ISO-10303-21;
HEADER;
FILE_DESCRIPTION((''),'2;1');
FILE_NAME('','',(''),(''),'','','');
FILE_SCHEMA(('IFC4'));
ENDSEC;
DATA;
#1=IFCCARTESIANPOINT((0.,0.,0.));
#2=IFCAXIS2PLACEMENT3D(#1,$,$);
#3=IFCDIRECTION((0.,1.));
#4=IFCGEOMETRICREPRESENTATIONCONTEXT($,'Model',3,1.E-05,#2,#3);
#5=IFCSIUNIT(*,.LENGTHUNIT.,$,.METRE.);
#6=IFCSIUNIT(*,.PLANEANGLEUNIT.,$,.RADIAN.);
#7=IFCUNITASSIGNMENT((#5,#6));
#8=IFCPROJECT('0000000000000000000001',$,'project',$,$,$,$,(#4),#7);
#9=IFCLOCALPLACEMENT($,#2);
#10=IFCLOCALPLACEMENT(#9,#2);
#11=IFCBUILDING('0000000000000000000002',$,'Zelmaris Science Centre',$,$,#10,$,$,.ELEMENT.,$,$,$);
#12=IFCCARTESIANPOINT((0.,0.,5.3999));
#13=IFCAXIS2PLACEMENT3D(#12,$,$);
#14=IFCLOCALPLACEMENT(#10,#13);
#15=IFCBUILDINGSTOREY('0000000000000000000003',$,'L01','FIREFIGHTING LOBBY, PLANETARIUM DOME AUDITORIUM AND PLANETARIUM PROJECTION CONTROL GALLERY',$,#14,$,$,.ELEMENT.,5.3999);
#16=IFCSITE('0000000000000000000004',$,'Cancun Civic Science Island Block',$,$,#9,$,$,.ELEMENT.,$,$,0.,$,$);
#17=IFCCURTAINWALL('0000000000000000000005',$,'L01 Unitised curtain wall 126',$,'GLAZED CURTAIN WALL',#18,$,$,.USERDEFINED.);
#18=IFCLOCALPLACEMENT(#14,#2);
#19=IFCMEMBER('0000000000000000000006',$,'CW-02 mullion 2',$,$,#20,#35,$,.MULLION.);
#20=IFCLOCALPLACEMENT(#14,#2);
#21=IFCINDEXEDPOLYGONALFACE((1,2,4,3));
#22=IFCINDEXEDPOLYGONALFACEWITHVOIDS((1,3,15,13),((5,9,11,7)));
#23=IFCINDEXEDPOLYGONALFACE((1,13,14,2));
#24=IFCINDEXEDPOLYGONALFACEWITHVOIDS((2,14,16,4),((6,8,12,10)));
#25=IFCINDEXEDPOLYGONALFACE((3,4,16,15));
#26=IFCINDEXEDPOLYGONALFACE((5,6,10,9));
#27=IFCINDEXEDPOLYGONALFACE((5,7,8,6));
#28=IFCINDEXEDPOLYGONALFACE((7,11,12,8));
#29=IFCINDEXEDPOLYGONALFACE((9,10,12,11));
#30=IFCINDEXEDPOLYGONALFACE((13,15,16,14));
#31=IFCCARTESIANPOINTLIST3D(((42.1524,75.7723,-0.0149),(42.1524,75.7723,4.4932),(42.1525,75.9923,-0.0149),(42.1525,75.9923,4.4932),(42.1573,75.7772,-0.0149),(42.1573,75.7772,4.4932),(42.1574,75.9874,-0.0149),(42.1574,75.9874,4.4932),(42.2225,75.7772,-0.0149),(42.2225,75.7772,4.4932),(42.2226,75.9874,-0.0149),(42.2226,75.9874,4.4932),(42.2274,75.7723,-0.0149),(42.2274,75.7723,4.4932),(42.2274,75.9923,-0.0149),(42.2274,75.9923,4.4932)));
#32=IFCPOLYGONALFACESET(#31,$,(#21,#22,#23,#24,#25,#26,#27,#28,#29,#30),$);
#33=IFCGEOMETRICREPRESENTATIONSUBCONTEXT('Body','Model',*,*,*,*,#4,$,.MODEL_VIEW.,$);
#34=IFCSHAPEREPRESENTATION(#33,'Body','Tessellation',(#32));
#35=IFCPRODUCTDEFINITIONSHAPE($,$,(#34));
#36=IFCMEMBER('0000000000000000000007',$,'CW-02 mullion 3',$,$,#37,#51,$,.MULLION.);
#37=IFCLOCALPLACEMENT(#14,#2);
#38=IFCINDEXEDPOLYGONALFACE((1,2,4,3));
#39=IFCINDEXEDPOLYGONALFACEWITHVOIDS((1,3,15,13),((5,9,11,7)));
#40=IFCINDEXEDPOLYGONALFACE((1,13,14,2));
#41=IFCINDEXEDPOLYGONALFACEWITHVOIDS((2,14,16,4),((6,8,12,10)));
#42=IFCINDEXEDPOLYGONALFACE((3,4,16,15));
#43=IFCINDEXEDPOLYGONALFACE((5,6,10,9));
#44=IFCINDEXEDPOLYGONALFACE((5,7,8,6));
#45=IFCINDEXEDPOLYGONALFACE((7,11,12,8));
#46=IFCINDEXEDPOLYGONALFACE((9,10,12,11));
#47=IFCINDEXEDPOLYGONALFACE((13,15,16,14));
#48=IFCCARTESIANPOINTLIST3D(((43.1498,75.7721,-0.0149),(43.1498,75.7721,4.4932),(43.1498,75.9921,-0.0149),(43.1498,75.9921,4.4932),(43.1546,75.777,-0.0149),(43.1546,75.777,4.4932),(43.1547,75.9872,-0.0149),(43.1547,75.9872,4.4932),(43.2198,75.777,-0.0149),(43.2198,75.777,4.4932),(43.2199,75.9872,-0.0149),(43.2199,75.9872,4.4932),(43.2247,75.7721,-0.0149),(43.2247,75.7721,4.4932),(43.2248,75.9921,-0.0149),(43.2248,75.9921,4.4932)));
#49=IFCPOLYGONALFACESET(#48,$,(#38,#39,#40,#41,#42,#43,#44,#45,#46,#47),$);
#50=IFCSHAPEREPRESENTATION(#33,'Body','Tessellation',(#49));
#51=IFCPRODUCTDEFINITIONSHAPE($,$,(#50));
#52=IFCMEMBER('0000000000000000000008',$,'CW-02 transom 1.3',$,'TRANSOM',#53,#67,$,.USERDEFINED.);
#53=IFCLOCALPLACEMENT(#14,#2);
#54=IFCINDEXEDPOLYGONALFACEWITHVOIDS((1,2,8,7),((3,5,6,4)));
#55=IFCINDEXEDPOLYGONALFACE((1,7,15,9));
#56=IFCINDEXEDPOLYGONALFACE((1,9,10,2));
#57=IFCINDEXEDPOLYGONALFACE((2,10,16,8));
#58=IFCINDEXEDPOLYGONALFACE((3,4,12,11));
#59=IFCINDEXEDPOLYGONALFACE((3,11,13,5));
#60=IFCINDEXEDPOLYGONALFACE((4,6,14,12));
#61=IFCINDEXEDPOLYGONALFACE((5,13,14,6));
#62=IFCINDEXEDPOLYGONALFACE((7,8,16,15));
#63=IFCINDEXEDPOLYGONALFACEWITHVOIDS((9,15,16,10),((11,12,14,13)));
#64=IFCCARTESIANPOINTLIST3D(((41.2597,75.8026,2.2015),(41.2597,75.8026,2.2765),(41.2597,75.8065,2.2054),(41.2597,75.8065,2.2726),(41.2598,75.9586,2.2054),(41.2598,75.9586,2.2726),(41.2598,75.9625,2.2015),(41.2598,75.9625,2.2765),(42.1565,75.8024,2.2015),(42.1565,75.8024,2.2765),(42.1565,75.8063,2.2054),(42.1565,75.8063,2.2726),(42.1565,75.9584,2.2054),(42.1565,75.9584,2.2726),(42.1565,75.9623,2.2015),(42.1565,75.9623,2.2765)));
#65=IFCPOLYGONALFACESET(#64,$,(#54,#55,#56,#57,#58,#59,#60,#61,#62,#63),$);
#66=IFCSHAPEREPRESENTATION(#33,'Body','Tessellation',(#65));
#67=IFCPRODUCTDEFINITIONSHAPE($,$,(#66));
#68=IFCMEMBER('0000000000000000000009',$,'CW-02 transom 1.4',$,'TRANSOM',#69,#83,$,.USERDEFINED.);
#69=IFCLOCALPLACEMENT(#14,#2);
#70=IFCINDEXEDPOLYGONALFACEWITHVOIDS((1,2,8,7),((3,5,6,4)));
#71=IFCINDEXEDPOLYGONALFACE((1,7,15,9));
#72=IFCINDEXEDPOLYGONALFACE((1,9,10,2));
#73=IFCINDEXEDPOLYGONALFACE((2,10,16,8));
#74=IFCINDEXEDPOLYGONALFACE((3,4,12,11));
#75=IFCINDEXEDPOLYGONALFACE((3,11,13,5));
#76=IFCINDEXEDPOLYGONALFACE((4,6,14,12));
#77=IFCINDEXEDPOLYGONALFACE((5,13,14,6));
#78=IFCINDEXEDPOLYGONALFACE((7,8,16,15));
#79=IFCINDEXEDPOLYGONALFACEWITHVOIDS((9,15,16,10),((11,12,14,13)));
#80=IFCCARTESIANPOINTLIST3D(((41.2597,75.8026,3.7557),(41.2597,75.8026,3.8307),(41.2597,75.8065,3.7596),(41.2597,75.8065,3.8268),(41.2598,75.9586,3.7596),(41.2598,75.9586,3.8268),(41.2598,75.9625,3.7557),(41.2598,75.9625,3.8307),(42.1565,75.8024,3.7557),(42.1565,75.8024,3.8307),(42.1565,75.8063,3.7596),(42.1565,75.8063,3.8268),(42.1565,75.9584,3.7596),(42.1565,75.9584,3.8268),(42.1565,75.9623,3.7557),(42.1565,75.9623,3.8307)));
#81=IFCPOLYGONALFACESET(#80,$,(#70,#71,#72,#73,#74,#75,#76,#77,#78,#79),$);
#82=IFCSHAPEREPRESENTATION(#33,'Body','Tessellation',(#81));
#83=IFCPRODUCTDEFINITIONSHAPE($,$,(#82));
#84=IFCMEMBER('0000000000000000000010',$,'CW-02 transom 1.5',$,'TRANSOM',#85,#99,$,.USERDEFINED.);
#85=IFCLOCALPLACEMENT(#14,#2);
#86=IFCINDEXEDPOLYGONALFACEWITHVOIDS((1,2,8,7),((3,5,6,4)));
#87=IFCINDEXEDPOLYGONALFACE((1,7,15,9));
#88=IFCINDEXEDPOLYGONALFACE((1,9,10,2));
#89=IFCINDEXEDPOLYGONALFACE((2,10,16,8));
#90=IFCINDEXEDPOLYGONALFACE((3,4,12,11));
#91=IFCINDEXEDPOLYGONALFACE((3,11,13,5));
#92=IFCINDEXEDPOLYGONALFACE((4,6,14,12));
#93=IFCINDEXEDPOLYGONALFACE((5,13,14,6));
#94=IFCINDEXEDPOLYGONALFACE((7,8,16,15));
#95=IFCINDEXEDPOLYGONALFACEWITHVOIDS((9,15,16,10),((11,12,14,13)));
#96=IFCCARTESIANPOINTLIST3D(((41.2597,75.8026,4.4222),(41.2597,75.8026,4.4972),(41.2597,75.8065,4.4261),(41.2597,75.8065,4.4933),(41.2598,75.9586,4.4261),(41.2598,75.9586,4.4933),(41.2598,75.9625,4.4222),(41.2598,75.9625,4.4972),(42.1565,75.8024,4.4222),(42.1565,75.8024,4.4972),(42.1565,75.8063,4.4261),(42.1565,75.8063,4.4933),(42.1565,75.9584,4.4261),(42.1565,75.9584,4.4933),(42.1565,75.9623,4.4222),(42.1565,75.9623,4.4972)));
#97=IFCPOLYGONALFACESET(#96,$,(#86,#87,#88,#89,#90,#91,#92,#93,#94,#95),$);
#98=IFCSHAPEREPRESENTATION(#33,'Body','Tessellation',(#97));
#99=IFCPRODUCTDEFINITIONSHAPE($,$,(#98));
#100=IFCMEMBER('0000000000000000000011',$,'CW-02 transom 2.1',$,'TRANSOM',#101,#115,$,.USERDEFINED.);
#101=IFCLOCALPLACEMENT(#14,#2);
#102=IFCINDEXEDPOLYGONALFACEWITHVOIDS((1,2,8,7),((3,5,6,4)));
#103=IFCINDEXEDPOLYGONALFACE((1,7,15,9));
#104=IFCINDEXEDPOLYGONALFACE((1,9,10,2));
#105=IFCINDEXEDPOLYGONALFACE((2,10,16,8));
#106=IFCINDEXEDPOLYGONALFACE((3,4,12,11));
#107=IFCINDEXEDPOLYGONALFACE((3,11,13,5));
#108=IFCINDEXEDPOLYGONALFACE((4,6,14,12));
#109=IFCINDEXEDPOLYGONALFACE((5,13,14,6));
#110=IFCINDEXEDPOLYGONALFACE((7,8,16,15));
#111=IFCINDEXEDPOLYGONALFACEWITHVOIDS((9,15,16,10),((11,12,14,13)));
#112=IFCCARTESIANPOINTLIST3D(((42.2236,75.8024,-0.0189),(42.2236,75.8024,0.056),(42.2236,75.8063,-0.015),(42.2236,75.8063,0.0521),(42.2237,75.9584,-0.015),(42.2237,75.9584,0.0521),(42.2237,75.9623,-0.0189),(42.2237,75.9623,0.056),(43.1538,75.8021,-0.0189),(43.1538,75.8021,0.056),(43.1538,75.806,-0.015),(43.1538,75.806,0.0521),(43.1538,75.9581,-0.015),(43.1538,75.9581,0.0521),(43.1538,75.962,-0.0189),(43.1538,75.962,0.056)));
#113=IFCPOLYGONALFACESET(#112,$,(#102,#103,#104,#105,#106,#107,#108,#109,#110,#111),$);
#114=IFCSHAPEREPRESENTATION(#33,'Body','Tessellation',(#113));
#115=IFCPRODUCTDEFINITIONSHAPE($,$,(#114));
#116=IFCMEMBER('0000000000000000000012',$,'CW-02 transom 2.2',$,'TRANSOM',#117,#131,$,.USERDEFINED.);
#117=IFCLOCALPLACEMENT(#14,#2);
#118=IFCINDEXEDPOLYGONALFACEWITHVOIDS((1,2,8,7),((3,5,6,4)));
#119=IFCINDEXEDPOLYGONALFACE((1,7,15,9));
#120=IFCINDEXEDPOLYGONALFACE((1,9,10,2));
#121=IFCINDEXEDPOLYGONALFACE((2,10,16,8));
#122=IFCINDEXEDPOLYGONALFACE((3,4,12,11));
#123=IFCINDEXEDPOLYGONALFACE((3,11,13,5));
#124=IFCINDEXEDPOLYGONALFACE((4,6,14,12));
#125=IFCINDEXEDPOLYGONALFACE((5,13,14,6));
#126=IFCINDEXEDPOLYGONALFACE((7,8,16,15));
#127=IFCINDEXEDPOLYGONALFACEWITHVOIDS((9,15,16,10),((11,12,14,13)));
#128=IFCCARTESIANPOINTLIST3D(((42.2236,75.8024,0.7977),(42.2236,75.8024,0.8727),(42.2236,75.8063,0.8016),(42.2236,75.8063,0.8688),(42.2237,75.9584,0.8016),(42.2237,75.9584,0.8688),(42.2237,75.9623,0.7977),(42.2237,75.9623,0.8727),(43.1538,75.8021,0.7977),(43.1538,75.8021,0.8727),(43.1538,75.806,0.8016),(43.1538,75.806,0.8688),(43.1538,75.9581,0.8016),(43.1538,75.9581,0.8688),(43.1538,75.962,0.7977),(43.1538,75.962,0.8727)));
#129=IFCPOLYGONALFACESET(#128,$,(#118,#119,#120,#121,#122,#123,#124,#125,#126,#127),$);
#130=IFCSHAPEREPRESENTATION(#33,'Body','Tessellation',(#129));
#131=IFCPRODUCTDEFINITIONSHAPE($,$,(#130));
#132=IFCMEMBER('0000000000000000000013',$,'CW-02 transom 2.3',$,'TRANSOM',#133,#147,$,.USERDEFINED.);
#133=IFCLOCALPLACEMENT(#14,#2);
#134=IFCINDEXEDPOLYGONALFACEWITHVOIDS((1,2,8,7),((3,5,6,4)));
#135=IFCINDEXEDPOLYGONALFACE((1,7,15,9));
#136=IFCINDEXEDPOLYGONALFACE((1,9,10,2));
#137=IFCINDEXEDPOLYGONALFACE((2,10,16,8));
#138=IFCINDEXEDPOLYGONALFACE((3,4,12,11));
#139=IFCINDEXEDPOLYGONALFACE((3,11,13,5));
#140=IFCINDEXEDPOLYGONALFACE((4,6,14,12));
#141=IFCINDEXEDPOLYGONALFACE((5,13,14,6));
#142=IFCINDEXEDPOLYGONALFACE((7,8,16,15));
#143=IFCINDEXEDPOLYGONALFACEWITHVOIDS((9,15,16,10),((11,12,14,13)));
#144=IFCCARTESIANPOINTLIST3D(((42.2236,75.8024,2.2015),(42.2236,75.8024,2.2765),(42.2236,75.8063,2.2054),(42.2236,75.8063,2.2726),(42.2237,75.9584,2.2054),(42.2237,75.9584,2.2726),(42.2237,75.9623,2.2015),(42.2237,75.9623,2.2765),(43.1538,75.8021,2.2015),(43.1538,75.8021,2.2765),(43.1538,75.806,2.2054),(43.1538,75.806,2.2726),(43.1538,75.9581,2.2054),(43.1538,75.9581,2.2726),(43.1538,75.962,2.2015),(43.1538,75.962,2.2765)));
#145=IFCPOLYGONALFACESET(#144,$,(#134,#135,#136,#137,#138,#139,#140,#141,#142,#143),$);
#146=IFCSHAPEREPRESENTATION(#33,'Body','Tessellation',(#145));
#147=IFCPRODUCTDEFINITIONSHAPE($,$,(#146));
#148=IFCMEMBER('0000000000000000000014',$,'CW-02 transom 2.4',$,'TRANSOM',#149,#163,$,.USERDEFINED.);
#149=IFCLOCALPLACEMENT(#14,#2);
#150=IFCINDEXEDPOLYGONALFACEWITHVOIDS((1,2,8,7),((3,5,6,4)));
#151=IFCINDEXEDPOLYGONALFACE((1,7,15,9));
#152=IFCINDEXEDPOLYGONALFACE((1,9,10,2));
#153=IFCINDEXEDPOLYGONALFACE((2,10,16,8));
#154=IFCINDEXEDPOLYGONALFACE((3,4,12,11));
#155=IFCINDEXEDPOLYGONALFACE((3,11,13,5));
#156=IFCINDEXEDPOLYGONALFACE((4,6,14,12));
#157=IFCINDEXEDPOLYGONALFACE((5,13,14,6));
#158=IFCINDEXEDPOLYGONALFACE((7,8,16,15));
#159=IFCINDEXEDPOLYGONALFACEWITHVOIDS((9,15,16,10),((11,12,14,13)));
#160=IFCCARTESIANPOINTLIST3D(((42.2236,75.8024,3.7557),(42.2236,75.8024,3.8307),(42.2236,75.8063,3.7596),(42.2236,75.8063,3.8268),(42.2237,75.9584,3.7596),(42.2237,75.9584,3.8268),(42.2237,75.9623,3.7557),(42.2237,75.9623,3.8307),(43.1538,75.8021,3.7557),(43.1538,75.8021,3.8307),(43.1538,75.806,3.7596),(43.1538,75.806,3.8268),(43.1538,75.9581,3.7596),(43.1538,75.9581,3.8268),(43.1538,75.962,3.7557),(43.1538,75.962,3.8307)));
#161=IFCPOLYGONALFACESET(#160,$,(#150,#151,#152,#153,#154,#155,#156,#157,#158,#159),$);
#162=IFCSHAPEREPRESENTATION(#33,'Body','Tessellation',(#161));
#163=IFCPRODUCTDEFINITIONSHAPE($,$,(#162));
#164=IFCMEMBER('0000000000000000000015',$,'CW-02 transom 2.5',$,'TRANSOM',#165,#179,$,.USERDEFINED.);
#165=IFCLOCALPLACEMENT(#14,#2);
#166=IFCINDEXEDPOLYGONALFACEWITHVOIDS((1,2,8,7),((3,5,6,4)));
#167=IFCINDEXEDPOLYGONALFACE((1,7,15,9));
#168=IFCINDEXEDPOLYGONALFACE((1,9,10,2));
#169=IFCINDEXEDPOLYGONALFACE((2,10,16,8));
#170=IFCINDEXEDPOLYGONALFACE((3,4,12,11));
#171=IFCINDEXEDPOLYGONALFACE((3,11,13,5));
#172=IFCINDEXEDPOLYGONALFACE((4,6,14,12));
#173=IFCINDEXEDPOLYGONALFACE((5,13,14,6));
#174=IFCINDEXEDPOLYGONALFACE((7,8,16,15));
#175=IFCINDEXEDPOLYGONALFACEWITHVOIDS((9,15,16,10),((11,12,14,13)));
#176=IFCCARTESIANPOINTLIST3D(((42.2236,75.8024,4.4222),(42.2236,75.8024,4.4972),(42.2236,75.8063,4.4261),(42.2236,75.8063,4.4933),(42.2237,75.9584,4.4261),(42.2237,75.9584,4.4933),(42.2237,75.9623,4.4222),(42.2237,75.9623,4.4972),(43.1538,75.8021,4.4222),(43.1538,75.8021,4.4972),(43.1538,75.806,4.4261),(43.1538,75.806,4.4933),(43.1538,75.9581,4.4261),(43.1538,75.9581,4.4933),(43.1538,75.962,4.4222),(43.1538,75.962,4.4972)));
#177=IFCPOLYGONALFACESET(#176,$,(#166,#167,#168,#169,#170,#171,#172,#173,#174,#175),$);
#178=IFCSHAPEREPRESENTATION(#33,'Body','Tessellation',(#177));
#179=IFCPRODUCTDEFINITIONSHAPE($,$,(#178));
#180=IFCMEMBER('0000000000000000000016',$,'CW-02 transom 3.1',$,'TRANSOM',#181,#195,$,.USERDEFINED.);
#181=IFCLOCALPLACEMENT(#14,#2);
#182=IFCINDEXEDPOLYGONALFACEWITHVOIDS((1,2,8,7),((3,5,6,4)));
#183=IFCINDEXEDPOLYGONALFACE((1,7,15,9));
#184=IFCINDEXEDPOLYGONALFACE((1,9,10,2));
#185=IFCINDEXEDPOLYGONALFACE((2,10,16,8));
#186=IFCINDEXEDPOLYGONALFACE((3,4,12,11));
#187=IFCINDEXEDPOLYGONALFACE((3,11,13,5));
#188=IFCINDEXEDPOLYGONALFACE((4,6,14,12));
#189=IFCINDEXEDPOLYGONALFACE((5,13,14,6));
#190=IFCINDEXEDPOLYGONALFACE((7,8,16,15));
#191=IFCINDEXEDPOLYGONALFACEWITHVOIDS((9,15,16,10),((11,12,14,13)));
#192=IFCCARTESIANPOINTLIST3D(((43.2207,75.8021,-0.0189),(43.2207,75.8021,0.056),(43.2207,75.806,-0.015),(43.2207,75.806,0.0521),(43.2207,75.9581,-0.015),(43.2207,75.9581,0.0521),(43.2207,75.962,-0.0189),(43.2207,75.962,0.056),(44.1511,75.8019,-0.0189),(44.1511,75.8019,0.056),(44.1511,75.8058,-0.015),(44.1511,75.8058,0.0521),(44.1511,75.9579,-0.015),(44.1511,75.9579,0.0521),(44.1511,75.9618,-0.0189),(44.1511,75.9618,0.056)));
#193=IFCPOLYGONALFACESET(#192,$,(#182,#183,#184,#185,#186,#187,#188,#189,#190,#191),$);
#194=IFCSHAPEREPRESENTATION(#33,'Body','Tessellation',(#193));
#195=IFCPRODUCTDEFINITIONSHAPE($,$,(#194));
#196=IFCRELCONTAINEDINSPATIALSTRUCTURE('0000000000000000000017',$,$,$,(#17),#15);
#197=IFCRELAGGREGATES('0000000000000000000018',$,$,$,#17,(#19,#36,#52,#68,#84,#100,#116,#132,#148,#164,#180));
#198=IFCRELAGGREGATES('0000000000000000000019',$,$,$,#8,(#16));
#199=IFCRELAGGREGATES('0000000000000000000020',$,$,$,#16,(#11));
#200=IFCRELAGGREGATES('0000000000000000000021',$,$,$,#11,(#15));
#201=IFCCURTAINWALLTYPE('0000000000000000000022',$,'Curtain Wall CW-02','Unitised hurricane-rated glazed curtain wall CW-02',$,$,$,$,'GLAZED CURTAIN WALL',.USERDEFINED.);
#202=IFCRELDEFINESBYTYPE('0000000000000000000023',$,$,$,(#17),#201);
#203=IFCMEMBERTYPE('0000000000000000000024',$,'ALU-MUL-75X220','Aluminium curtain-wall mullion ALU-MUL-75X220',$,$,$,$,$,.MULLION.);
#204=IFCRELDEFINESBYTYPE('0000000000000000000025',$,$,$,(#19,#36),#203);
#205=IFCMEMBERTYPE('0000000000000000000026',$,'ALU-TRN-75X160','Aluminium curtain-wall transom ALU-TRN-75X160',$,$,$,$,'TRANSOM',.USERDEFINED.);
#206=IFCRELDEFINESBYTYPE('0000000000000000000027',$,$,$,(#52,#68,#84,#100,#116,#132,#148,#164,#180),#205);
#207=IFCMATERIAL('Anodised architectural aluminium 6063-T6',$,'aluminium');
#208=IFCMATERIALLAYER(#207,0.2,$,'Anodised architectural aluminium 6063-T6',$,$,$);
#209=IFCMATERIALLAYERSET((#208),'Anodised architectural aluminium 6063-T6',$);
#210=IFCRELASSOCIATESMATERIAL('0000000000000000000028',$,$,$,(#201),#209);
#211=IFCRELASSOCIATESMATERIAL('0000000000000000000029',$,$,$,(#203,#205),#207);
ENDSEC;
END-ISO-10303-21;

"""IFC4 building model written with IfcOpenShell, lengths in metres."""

from ifc_helpers import new_model, si_unit, direction, frame, origin, origin_2d, place, context, subcontext, project, spatial, hollow_rectangle, extrude, material, layer, layer_set, material_profile, profile_set, type_object, element, aggregate, save


model = new_model("IFC4")

# Units and contexts
model_context = context("Model", 3, precision=1e-05, world=origin(), true_north=direction((0.0, 1.0)))
body_context = subcontext(model_context, "Body", "Model", "MODEL_VIEW")
ifc_project = project(units=[si_unit("LENGTHUNIT", "METRE"), si_unit("PLANEANGLEUNIT", "RADIAN")], contexts=[model_context])

# Site, building, storey
site_placement = place(None, origin())
site = spatial("IfcSite", under=ifc_project, at=site_placement, Name="Cancun Civic Science Island Block", CompositionType="ELEMENT", RefElevation=0.0)
building_placement = place(site_placement, origin())
building = spatial("IfcBuilding", under=site, at=building_placement, Name="Zelmaris Science Centre", CompositionType="ELEMENT")
storey_placement = place(building_placement, frame((0.0, 0.0, 5.3999)))
storey = spatial("IfcBuildingStorey", under=building, at=storey_placement, Name="L01", Description="FIREFIGHTING LOBBY, PLANETARIUM DOME AUDITORIUM AND PLANETARIUM PROJECTION CONTROL GALLERY", CompositionType="ELEMENT", Elevation=5.3999)

# Curtain wall, members
ifc_material_1 = material(Name="Anodised architectural aluminium 6063-T6", Category="aluminium")
ifc_layer_1 = layer(ifc_material_1, 0.2, Name="Anodised architectural aluminium 6063-T6")
ifc_layer_set_1 = layer_set([ifc_layer_1], Name="Anodised architectural aluminium 6063-T6")
curtain_wall_type_1 = type_object("IfcCurtainWallType", Name="Curtain Wall CW-02", Description="Unitised hurricane-rated glazed curtain wall CW-02", ElementType="GLAZED CURTAIN WALL", PredefinedType="USERDEFINED", material=ifc_layer_set_1)
curtain_wall_1_placement = place(storey_placement, origin())
curtain_wall_1 = element("IfcCurtainWall", 1, at=curtain_wall_1_placement, inside=storey, type_object=curtain_wall_type_1, Name="L01 Unitised curtain wall 126", ObjectType="GLAZED CURTAIN WALL", PredefinedType="USERDEFINED")
ifc_material_profile_1 = material_profile(ifc_material_1, hollow_rectangle(XDim=0.075, YDim=0.22, WallThickness=0.0049, at=origin_2d()), Name="ALU-MUL-75X220")
ifc_profile_set_1 = profile_set([ifc_material_profile_1], Name="Anodised architectural aluminium 6063-T6")
member_type_1 = type_object("IfcMemberType", Name="ALU-MUL-75X220", Description="Aluminium curtain-wall mullion ALU-MUL-75X220", PredefinedType="MULLION", material=ifc_profile_set_1)
member_1_placement = place(storey_placement, frame((42.1899, 75.8823, -0.0149), z_axis=(0.0, 0.0, 1.0), x_axis=(1.0, -0.000194, 0.0)))
member_1 = element("IfcMember", 2, at=member_1_placement, type_object=member_type_1, Name="CW-02 mullion 2", PredefinedType="MULLION", context=body_context, shape_type="SweptSolid", body=[
    extrude(hollow_rectangle(XDim=0.075, YDim=0.22, WallThickness=0.0049, at=origin_2d()), origin(), (0.0, 0.0, 1.0), 4.5081),
])
member_2_placement = place(storey_placement, frame((43.1873, 75.8821, -0.0149), z_axis=(0.0, 0.0, 1.0), x_axis=(1.0, -0.000194, 0.0)))
member_2 = element("IfcMember", 3, at=member_2_placement, type_object=member_type_1, Name="CW-02 mullion 3", PredefinedType="MULLION", context=body_context, shape_type="SweptSolid", body=[
    extrude(hollow_rectangle(XDim=0.075, YDim=0.22, WallThickness=0.0049, at=origin_2d()), origin(), (0.0, 0.0, 1.0), 4.5081),
])
ifc_material_profile_2 = material_profile(ifc_material_1, hollow_rectangle(XDim=0.075, YDim=0.1599, WallThickness=0.0039, at=origin_2d()), Name="ALU-TRN-75X160")
ifc_profile_set_2 = profile_set([ifc_material_profile_2], Name="Anodised architectural aluminium 6063-T6")
member_type_2 = type_object("IfcMemberType", Name="ALU-TRN-75X160", Description="Aluminium curtain-wall transom ALU-TRN-75X160", ElementType="TRANSOM", PredefinedType="USERDEFINED", material=ifc_profile_set_2)
member_3_placement = place(storey_placement, frame((41.2598, 75.8826, 2.239), z_axis=(1.0, -0.000272, 0.0), x_axis=(0.0, 0.0, 1.0)))
member_3 = element("IfcMember", 4, at=member_3_placement, type_object=member_type_2, Name="CW-02 transom 1.3", ObjectType="TRANSOM", PredefinedType="USERDEFINED", context=body_context, shape_type="SweptSolid", body=[
    extrude(hollow_rectangle(XDim=0.075, YDim=0.1599, WallThickness=0.0039, at=origin_2d()), origin(), (0.0, 0.0, 1.0), 0.8967),
])
member_4_placement = place(storey_placement, frame((41.2598, 75.8826, 3.7932), z_axis=(1.0, -0.000272, 0.0), x_axis=(0.0, 0.0, 1.0)))
member_4 = element("IfcMember", 5, at=member_4_placement, type_object=member_type_2, Name="CW-02 transom 1.4", ObjectType="TRANSOM", PredefinedType="USERDEFINED", context=body_context, shape_type="SweptSolid", body=[
    extrude(hollow_rectangle(XDim=0.075, YDim=0.1599, WallThickness=0.0039, at=origin_2d()), origin(), (0.0, 0.0, 1.0), 0.8967),
])
member_5_placement = place(storey_placement, frame((41.2598, 75.8826, 4.4597), z_axis=(1.0, -0.000272, 0.0), x_axis=(0.0, 0.0, 1.0)))
member_5 = element("IfcMember", 6, at=member_5_placement, type_object=member_type_2, Name="CW-02 transom 1.5", ObjectType="TRANSOM", PredefinedType="USERDEFINED", context=body_context, shape_type="SweptSolid", body=[
    extrude(hollow_rectangle(XDim=0.075, YDim=0.1599, WallThickness=0.0039, at=origin_2d()), origin(), (0.0, 0.0, 1.0), 0.8967),
])
member_6_placement = place(storey_placement, frame((42.2236, 75.8823, 0.0186), z_axis=(1.0, -0.000262, 0.0), x_axis=(0.0, 0.0, 1.0)))
member_6 = element("IfcMember", 7, at=member_6_placement, type_object=member_type_2, Name="CW-02 transom 2.1", ObjectType="TRANSOM", PredefinedType="USERDEFINED", context=body_context, shape_type="SweptSolid", body=[
    extrude(hollow_rectangle(XDim=0.075, YDim=0.1599, WallThickness=0.0039, at=origin_2d()), origin(), (0.0, 0.0, 1.0), 0.9302),
])
member_7_placement = place(storey_placement, frame((42.2236, 75.8823, 0.8352), z_axis=(1.0, -0.000262, 0.0), x_axis=(0.0, 0.0, 1.0)))
member_7 = element("IfcMember", 8, at=member_7_placement, type_object=member_type_2, Name="CW-02 transom 2.2", ObjectType="TRANSOM", PredefinedType="USERDEFINED", context=body_context, shape_type="SweptSolid", body=[
    extrude(hollow_rectangle(XDim=0.075, YDim=0.1599, WallThickness=0.0039, at=origin_2d()), origin(), (0.0, 0.0, 1.0), 0.9302),
])
member_8_placement = place(storey_placement, frame((42.2236, 75.8823, 2.239), z_axis=(1.0, -0.000262, 0.0), x_axis=(0.0, 0.0, 1.0)))
member_8 = element("IfcMember", 9, at=member_8_placement, type_object=member_type_2, Name="CW-02 transom 2.3", ObjectType="TRANSOM", PredefinedType="USERDEFINED", context=body_context, shape_type="SweptSolid", body=[
    extrude(hollow_rectangle(XDim=0.075, YDim=0.1599, WallThickness=0.0039, at=origin_2d()), origin(), (0.0, 0.0, 1.0), 0.9302),
])
member_9_placement = place(storey_placement, frame((42.2236, 75.8823, 3.7932), z_axis=(1.0, -0.000262, 0.0), x_axis=(0.0, 0.0, 1.0)))
member_9 = element("IfcMember", 10, at=member_9_placement, type_object=member_type_2, Name="CW-02 transom 2.4", ObjectType="TRANSOM", PredefinedType="USERDEFINED", context=body_context, shape_type="SweptSolid", body=[
    extrude(hollow_rectangle(XDim=0.075, YDim=0.1599, WallThickness=0.0039, at=origin_2d()), origin(), (0.0, 0.0, 1.0), 0.9302),
])
member_10_placement = place(storey_placement, frame((42.2236, 75.8823, 4.4597), z_axis=(1.0, -0.000262, 0.0), x_axis=(0.0, 0.0, 1.0)))
member_10 = element("IfcMember", 11, at=member_10_placement, type_object=member_type_2, Name="CW-02 transom 2.5", ObjectType="TRANSOM", PredefinedType="USERDEFINED", context=body_context, shape_type="SweptSolid", body=[
    extrude(hollow_rectangle(XDim=0.075, YDim=0.1599, WallThickness=0.0039, at=origin_2d()), origin(), (0.0, 0.0, 1.0), 0.9302),
])
member_11_placement = place(storey_placement, frame((43.2207, 75.8821, 0.0186), z_axis=(1.0, -0.000262, 0.0), x_axis=(0.0, 0.0, 1.0)))
member_11 = element("IfcMember", 12, at=member_11_placement, type_object=member_type_2, Name="CW-02 transom 3.1", ObjectType="TRANSOM", PredefinedType="USERDEFINED", context=body_context, shape_type="SweptSolid", body=[
    extrude(hollow_rectangle(XDim=0.075, YDim=0.1599, WallThickness=0.0039, at=origin_2d()), origin(), (0.0, 0.0, 1.0), 0.9304),
])
aggregate(curtain_wall_1, [member_1, member_2, member_3, member_4, member_5, member_6, member_7, member_8, member_9, member_10, member_11])

save(model, "model.ifc")
